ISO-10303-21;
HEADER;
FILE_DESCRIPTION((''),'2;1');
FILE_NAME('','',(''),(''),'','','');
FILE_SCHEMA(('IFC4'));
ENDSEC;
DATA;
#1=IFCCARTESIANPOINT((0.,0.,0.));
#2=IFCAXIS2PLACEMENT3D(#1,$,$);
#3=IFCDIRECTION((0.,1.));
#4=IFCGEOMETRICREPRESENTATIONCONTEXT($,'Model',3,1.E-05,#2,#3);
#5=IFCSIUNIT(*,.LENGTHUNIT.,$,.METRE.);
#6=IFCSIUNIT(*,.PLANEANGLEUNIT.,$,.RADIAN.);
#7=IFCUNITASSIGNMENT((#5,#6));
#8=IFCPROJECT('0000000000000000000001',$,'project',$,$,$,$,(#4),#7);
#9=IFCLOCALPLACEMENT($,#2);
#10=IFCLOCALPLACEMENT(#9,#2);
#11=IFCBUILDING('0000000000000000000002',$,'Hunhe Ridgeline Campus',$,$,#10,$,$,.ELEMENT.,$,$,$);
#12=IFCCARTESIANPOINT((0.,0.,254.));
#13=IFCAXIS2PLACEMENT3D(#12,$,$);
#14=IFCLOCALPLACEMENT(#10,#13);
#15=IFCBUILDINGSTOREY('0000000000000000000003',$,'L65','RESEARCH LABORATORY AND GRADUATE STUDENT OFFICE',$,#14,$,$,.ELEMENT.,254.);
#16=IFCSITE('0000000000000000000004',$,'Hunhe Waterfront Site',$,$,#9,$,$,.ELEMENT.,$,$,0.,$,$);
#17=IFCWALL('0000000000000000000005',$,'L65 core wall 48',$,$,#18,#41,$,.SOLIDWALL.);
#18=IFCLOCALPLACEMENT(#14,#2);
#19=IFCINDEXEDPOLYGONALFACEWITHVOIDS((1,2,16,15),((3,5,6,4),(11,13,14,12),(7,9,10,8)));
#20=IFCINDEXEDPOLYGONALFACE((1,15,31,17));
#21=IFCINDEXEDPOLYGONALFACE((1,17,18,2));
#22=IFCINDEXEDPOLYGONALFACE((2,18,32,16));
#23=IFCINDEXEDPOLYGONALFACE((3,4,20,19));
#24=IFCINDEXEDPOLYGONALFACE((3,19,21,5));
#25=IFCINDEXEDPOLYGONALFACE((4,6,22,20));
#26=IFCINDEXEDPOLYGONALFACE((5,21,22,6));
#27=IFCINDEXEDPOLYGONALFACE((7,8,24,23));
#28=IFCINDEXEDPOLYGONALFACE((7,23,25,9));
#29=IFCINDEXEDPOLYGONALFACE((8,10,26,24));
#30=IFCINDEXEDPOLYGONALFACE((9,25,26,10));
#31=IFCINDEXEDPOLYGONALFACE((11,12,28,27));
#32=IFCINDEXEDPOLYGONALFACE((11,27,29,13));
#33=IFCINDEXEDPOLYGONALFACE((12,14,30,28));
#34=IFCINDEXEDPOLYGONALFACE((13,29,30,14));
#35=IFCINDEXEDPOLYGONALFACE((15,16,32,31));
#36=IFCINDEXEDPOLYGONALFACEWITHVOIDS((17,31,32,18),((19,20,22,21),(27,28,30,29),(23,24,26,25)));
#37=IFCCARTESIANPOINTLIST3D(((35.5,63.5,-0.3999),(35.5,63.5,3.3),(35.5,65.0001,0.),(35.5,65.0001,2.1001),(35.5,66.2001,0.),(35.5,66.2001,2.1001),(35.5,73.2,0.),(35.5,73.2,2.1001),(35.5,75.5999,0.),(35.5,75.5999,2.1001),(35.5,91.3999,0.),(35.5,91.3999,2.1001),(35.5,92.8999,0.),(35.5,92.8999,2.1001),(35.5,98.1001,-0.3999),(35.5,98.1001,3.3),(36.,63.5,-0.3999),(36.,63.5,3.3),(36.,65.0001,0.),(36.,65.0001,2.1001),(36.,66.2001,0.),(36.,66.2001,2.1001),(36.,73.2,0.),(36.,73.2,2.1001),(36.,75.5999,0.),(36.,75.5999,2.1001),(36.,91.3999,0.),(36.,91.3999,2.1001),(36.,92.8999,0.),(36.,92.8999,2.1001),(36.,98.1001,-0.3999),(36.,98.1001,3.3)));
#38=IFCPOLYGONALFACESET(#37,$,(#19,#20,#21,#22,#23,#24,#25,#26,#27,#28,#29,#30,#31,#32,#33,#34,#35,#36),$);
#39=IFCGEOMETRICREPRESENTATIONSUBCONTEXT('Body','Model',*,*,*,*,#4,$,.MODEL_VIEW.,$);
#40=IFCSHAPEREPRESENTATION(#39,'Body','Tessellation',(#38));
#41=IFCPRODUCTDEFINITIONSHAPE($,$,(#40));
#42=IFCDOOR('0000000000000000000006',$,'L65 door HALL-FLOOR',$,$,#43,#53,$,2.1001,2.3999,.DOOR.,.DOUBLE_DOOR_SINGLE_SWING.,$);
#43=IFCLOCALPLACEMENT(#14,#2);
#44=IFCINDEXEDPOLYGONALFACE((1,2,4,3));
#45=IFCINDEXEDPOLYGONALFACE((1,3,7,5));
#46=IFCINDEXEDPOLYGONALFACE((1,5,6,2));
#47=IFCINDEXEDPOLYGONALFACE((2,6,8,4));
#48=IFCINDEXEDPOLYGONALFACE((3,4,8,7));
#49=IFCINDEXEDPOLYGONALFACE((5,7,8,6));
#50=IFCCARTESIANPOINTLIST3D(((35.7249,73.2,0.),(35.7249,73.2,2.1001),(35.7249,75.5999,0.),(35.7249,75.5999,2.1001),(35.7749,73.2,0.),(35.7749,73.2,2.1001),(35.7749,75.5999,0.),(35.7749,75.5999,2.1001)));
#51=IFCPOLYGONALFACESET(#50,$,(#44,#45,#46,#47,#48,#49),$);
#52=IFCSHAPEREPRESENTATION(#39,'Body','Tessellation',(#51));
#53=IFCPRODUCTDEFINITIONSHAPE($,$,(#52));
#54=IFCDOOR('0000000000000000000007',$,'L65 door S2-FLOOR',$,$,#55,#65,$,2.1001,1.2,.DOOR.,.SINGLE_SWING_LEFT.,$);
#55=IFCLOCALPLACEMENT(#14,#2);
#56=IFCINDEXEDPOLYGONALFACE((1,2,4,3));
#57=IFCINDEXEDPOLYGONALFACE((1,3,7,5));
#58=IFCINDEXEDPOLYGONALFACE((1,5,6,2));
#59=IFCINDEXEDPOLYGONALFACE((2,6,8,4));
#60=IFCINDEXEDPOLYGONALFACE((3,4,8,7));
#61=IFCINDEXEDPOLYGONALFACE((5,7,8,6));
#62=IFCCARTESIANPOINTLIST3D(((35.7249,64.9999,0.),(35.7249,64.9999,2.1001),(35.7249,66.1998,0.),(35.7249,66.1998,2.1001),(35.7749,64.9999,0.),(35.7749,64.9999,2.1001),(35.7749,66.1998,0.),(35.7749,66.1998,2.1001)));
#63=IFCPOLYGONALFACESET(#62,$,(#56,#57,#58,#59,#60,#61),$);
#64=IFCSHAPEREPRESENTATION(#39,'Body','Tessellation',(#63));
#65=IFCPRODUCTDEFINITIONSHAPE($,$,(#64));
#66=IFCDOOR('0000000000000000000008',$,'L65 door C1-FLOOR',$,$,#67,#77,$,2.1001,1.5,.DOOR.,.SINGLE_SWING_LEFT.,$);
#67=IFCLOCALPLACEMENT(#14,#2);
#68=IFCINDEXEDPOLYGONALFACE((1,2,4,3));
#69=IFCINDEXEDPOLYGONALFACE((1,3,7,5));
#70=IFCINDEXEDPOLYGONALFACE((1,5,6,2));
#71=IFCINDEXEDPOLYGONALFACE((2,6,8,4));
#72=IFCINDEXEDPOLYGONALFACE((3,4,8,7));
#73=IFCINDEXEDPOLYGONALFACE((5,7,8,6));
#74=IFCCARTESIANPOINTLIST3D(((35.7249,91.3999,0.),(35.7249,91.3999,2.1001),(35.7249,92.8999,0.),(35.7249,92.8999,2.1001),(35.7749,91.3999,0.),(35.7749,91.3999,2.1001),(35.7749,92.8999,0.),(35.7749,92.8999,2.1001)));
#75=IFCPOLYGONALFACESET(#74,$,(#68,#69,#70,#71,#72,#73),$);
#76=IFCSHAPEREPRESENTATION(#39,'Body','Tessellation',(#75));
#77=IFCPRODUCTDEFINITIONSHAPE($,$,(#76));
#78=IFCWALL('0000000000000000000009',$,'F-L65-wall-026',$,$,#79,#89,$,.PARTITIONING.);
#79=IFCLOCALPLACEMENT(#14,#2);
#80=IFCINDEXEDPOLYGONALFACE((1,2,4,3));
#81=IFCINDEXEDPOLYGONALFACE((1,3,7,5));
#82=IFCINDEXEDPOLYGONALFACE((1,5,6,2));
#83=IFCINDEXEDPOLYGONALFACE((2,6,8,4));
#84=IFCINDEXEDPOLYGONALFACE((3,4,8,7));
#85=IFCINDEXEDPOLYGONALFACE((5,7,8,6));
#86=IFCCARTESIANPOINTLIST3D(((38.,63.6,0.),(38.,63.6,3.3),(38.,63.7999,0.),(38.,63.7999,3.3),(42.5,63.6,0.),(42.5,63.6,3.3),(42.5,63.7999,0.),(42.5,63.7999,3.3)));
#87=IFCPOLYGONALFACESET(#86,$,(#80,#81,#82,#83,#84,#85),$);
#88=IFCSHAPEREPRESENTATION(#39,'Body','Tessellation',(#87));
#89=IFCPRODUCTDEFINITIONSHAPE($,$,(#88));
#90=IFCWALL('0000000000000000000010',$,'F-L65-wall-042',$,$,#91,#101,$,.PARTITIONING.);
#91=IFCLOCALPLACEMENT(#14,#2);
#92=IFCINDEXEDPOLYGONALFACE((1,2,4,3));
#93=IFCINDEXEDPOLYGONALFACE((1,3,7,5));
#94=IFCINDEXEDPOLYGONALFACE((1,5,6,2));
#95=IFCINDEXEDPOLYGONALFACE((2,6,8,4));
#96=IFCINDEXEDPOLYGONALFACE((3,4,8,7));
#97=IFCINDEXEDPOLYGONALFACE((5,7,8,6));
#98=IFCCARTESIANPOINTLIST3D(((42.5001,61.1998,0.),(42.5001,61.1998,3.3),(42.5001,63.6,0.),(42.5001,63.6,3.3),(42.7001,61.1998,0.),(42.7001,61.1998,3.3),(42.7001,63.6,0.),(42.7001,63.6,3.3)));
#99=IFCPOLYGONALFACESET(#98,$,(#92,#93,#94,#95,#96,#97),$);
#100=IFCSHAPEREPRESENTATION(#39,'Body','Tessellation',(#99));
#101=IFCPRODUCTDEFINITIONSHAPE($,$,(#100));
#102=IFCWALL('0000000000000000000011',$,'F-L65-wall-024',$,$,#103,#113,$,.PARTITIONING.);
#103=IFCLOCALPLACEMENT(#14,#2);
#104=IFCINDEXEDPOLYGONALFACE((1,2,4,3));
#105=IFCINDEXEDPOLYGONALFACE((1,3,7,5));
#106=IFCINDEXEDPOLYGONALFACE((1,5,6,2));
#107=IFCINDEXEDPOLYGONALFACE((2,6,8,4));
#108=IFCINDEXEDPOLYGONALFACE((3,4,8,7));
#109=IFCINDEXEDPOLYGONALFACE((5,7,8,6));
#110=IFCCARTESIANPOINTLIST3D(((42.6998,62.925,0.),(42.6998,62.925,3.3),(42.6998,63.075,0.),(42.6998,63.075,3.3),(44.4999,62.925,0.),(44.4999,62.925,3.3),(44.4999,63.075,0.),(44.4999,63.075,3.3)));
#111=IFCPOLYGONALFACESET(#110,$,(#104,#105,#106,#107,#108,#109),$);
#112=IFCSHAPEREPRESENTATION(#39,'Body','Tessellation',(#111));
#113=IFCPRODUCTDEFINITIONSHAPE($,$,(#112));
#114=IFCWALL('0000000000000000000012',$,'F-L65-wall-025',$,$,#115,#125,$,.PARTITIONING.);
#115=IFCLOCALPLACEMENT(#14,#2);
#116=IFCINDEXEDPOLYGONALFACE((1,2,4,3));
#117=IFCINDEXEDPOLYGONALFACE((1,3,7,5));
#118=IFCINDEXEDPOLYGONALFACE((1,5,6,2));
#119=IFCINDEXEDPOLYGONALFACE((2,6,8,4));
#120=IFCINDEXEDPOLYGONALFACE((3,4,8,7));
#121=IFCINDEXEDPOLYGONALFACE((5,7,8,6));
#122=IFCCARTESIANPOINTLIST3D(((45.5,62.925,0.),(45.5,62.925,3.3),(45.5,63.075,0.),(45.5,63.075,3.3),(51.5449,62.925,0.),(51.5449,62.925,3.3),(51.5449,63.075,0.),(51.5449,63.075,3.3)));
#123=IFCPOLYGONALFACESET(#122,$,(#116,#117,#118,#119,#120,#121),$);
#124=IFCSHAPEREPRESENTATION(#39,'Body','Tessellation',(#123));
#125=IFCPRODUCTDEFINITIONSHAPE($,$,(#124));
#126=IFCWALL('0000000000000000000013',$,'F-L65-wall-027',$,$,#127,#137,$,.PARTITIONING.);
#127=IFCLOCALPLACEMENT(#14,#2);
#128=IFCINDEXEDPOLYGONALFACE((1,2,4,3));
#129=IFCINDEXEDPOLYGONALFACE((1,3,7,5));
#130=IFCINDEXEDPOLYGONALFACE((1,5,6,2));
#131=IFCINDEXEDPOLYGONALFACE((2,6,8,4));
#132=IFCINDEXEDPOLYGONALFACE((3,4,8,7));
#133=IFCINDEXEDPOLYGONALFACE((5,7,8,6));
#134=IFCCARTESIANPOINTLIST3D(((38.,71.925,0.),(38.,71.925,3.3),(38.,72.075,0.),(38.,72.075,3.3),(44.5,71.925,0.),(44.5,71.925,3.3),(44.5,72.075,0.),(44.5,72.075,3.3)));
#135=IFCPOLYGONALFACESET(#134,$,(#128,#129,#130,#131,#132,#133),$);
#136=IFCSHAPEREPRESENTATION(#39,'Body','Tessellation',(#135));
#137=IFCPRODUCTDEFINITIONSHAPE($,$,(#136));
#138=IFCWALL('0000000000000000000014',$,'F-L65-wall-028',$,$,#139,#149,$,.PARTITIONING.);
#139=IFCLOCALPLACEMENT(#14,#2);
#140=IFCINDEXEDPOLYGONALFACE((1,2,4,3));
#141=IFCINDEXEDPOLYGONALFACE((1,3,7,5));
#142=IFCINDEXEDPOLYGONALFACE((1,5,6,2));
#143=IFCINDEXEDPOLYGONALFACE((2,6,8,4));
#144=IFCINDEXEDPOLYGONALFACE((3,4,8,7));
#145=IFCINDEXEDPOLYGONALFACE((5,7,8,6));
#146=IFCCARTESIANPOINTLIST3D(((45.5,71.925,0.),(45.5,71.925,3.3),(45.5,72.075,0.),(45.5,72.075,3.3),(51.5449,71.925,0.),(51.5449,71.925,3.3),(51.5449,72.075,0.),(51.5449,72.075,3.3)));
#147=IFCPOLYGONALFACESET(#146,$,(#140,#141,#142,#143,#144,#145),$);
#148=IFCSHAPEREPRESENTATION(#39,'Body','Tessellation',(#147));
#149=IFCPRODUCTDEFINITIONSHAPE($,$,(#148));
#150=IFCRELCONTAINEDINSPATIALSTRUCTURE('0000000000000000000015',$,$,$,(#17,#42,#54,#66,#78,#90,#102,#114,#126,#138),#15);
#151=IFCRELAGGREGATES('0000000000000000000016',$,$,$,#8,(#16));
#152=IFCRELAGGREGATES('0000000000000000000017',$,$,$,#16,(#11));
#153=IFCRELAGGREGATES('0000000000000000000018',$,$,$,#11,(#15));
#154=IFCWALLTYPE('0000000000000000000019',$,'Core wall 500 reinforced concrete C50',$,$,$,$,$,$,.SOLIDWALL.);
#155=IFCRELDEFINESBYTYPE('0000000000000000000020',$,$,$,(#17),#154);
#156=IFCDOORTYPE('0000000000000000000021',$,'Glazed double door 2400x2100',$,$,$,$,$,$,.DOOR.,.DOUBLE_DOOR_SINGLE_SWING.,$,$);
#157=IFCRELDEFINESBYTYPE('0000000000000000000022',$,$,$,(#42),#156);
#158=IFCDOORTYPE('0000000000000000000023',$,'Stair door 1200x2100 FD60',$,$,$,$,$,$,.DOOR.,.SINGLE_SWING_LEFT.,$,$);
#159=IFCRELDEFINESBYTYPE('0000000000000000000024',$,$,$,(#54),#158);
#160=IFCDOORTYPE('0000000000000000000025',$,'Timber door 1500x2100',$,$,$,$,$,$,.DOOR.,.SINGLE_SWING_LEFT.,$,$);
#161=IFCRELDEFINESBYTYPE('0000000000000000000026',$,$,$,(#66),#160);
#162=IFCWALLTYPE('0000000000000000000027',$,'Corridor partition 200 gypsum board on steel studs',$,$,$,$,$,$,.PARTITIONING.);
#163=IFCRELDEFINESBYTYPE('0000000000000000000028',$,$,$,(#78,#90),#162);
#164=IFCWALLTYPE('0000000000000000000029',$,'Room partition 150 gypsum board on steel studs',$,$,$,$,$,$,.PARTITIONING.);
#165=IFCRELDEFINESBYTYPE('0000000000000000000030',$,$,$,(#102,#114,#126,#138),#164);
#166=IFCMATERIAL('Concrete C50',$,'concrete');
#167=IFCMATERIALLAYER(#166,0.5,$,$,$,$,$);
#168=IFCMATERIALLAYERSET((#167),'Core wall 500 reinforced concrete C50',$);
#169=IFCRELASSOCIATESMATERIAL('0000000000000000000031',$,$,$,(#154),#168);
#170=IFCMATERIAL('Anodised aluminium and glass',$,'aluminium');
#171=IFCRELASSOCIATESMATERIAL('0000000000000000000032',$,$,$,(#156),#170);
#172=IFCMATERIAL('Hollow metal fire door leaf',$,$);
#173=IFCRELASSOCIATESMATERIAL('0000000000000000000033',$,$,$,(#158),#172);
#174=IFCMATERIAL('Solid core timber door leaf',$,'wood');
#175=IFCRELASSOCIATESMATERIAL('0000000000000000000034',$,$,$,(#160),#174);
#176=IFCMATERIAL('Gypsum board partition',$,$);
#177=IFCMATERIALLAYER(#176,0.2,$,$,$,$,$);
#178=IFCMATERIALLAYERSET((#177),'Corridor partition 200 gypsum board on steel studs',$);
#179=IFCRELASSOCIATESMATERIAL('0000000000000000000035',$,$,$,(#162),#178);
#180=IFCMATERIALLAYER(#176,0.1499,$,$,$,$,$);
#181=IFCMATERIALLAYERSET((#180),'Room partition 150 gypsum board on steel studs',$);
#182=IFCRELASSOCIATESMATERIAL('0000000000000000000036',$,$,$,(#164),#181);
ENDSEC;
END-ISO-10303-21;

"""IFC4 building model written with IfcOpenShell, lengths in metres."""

from ifc_helpers import new_model, si_unit, direction, frame, frame_2d, origin, place, context, subcontext, project, spatial, rectangle, extrude, material, layer, layer_set, type_object, element, fill, save


model = new_model("IFC4")

# Units and contexts
model_context = context("Model", 3, precision=1e-05, world=origin(), true_north=direction((0.0, 1.0)))
body_context = subcontext(model_context, "Body", "Model", "MODEL_VIEW")
ifc_project = project(units=[si_unit("LENGTHUNIT", "METRE"), si_unit("PLANEANGLEUNIT", "RADIAN")], contexts=[model_context])

# Site, building, storey
site_placement = place(None, origin())
site = spatial("IfcSite", under=ifc_project, at=site_placement, Name="Hunhe Waterfront Site", CompositionType="ELEMENT", RefElevation=0.0)
building_placement = place(site_placement, origin())
building = spatial("IfcBuilding", under=site, at=building_placement, Name="Hunhe Ridgeline Campus", CompositionType="ELEMENT")
storey_placement = place(building_placement, frame((0.0, 0.0, 254.0)))
storey = spatial("IfcBuildingStorey", under=building, at=storey_placement, Name="L65", Description="RESEARCH LABORATORY AND GRADUATE STUDENT OFFICE", CompositionType="ELEMENT", Elevation=254.0)

# Shared definitions
ifc_material_1 = material(Name="Concrete C50", Category="concrete")

# Wall, openings, doors
ifc_layer_1 = layer(ifc_material_1, 0.5)
ifc_layer_set_1 = layer_set([ifc_layer_1], Name="Core wall 500 reinforced concrete C50")
wall_type_1 = type_object("IfcWallType", Name="Core wall 500 reinforced concrete C50", PredefinedType="SOLIDWALL", material=ifc_layer_set_1)
wall_1_placement = place(storey_placement, frame((35.75, 63.5, -0.3999), z_axis=(0.0, 0.0, 1.0), x_axis=(0.0, 1.0, 0.0)))
wall_1 = element("IfcWall", 1, at=wall_1_placement, inside=storey, type_object=wall_type_1, Name="L65 core wall 48", PredefinedType="SOLIDWALL", context=body_context, shape_type="SweptSolid", body=[
    extrude(rectangle(XDim=34.6001, YDim=0.5, at=frame_2d((17.3, 0.0))), origin(), (0.0, 0.0, 1.0), 3.7),
])
opening_1_placement = place(wall_1_placement, frame((9.7, 0.0, 0.3999)))
opening_1 = element("IfcOpeningElement", 2, at=opening_1_placement, cuts=wall_1, PredefinedType="OPENING", context=body_context, shape_type="SweptSolid", body=[
    extrude(rectangle(XDim=2.3999, YDim=2.1001, at=frame_2d((1.2, 1.05))), frame((0.0, 0.25, 0.0), z_axis=(0.0, -1.0, 0.0), x_axis=(1.0, 0.0, 0.0)), (0.0, 0.0, 1.0), 0.5),
])
opening_2_placement = place(wall_1_placement, frame((27.8999, 0.0, 0.3999)))
opening_2 = element("IfcOpeningElement", 3, at=opening_2_placement, cuts=wall_1, PredefinedType="OPENING", context=body_context, shape_type="SweptSolid", body=[
    extrude(rectangle(XDim=1.5, YDim=2.1001, at=frame_2d((0.75, 1.05))), frame((0.0, 0.25, 0.0), z_axis=(0.0, -1.0, 0.0), x_axis=(1.0, 0.0, 0.0)), (0.0, 0.0, 1.0), 0.5),
])
opening_3_placement = place(wall_1_placement, frame((1.5, 0.0, 0.3999)))
opening_3 = element("IfcOpeningElement", 4, at=opening_3_placement, cuts=wall_1, PredefinedType="OPENING", context=body_context, shape_type="SweptSolid", body=[
    extrude(rectangle(XDim=1.2, YDim=2.1001, at=frame_2d((0.6001, 1.05))), frame((0.0, 0.25, 0.0), z_axis=(0.0, -1.0, 0.0), x_axis=(1.0, 0.0, 0.0)), (0.0, 0.0, 1.0), 0.5),
])
ifc_material_2 = material(Name="Anodised aluminium and glass", Category="aluminium")
door_type_1 = type_object("IfcDoorType", Name="Glazed double door 2400x2100", OperationType="DOUBLE_DOOR_SINGLE_SWING", PredefinedType="DOOR", material=ifc_material_2)
door_1_placement = place(opening_1_placement, frame((2.3999, 0.0, 0.0), z_axis=(0.0, 0.0, 1.0), x_axis=(-1.0, 0.0, 0.0)))
door_1 = element("IfcDoor", 5, at=door_1_placement, inside=storey, type_object=door_type_1, Name="L65 door HALL-FLOOR", OperationType="DOUBLE_DOOR_SINGLE_SWING", OverallHeight=2.1001, OverallWidth=2.3999, PredefinedType="DOOR", context=body_context, shape_type="SweptSolid", body=[
    extrude(rectangle(XDim=2.3999, YDim=2.1001, at=frame_2d((1.2, 1.05))), frame((0.0, 0.0249, 0.0), z_axis=(0.0, -1.0, 0.0), x_axis=(1.0, 0.0, 0.0)), (0.0, 0.0, 1.0), 0.05),
])
fill(opening_1, door_1)
ifc_material_3 = material(Name="Hollow metal fire door leaf")
door_type_2 = type_object("IfcDoorType", Name="Stair door 1200x2100 FD60", OperationType="SINGLE_SWING_LEFT", PredefinedType="DOOR", material=ifc_material_3)
door_2_placement = place(opening_3_placement, frame((1.2, 0.0, 0.0), z_axis=(0.0, 0.0, 1.0), x_axis=(-1.0, 0.0, 0.0)))
door_2 = element("IfcDoor", 6, at=door_2_placement, inside=storey, type_object=door_type_2, Name="L65 door S2-FLOOR", OperationType="SINGLE_SWING_LEFT", OverallHeight=2.1001, OverallWidth=1.2, PredefinedType="DOOR", context=body_context, shape_type="SweptSolid", body=[
    extrude(rectangle(XDim=1.2, YDim=2.1001, at=frame_2d((0.6001, 1.05))), frame((0.0, 0.0249, 0.0), z_axis=(0.0, -1.0, 0.0), x_axis=(1.0, 0.0, 0.0)), (0.0, 0.0, 1.0), 0.05),
])
fill(opening_3, door_2)
ifc_material_4 = material(Name="Solid core timber door leaf", Category="wood")
door_type_3 = type_object("IfcDoorType", Name="Timber door 1500x2100", OperationType="SINGLE_SWING_LEFT", PredefinedType="DOOR", material=ifc_material_4)
door_3_placement = place(opening_2_placement, frame((1.5, 0.0, 0.0), z_axis=(0.0, 0.0, 1.0), x_axis=(-1.0, 0.0, 0.0)))
door_3 = element("IfcDoor", 7, at=door_3_placement, inside=storey, type_object=door_type_3, Name="L65 door C1-FLOOR", OperationType="SINGLE_SWING_LEFT", OverallHeight=2.1001, OverallWidth=1.5, PredefinedType="DOOR", context=body_context, shape_type="SweptSolid", body=[
    extrude(rectangle(XDim=1.5, YDim=2.1001, at=frame_2d((0.75, 1.05))), frame((0.0, 0.0249, 0.0), z_axis=(0.0, -1.0, 0.0), x_axis=(1.0, 0.0, 0.0)), (0.0, 0.0, 1.0), 0.05),
])
fill(opening_2, door_3)

# Walls
ifc_material_5 = material(Name="Gypsum board partition")
ifc_layer_2 = layer(ifc_material_5, 0.2)
ifc_layer_set_2 = layer_set([ifc_layer_2], Name="Corridor partition 200 gypsum board on steel studs")
wall_type_2 = type_object("IfcWallType", Name="Corridor partition 200 gypsum board on steel studs", PredefinedType="PARTITIONING", material=ifc_layer_set_2)
wall_2_placement = place(storey_placement, frame((38.0, 63.7, 0.0), z_axis=(0.0, 0.0, 1.0), x_axis=(1.0, 0.0, 0.0)))
element("IfcWall", 8, at=wall_2_placement, inside=storey, type_object=wall_type_2, Name="F-L65-wall-026", PredefinedType="PARTITIONING", context=body_context, shape_type="SweptSolid", body=[
    extrude(rectangle(XDim=4.5, YDim=0.2, at=frame_2d((2.25, 0.0))), origin(), (0.0, 0.0, 1.0), 3.3),
])
wall_3_placement = place(storey_placement, frame((42.6001, 63.6001, 0.0), z_axis=(0.0, 0.0, 1.0), x_axis=(0.0, -1.0, 0.0)))
element("IfcWall", 9, at=wall_3_placement, inside=storey, type_object=wall_type_2, Name="F-L65-wall-042", PredefinedType="PARTITIONING", context=body_context, shape_type="SweptSolid", body=[
    extrude(rectangle(XDim=2.4001, YDim=0.2, at=frame_2d((1.2002, 0.0))), origin(), (0.0, 0.0, 1.0), 3.3),
])
ifc_layer_3 = layer(ifc_material_5, 0.1499)
ifc_layer_set_3 = layer_set([ifc_layer_3], Name="Room partition 150 gypsum board on steel studs")
wall_type_3 = type_object("IfcWallType", Name="Room partition 150 gypsum board on steel studs", PredefinedType="PARTITIONING", material=ifc_layer_set_3)
wall_4_placement = place(storey_placement, frame((42.7, 63.0, 0.0), z_axis=(0.0, 0.0, 1.0), x_axis=(1.0, 0.0, 0.0)))
element("IfcWall", 10, at=wall_4_placement, inside=storey, type_object=wall_type_3, Name="F-L65-wall-024", PredefinedType="PARTITIONING", context=body_context, shape_type="SweptSolid", body=[
    extrude(rectangle(XDim=1.8, YDim=0.1499, at=frame_2d((0.8999, 0.0))), origin(), (0.0, 0.0, 1.0), 3.3),
])
wall_5_placement = place(storey_placement, frame((45.5, 63.0, 0.0), z_axis=(0.0, 0.0, 1.0), x_axis=(1.0, 0.0, 0.0)))
element("IfcWall", 11, at=wall_5_placement, inside=storey, type_object=wall_type_3, Name="F-L65-wall-025", PredefinedType="PARTITIONING", context=body_context, shape_type="SweptSolid", body=[
    extrude(rectangle(XDim=6.0449, YDim=0.1499, at=frame_2d((3.0225, 0.0))), origin(), (0.0, 0.0, 1.0), 3.3),
])
wall_6_placement = place(storey_placement, frame((38.0, 72.0, 0.0), z_axis=(0.0, 0.0, 1.0), x_axis=(1.0, 0.0, 0.0)))
element("IfcWall", 12, at=wall_6_placement, inside=storey, type_object=wall_type_3, Name="F-L65-wall-027", PredefinedType="PARTITIONING", context=body_context, shape_type="SweptSolid", body=[
    extrude(rectangle(XDim=6.5, YDim=0.1499, at=frame_2d((3.25, 0.0))), origin(), (0.0, 0.0, 1.0), 3.3),
])
wall_7_placement = place(storey_placement, frame((45.5, 72.0, 0.0), z_axis=(0.0, 0.0, 1.0), x_axis=(1.0, 0.0, 0.0)))
element("IfcWall", 13, at=wall_7_placement, inside=storey, type_object=wall_type_3, Name="F-L65-wall-028", PredefinedType="PARTITIONING", context=body_context, shape_type="SweptSolid", body=[
    extrude(rectangle(XDim=6.0449, YDim=0.1499, at=frame_2d((3.0225, 0.0))), origin(), (0.0, 0.0, 1.0), 3.3),
])

save(model, "model.ifc")
